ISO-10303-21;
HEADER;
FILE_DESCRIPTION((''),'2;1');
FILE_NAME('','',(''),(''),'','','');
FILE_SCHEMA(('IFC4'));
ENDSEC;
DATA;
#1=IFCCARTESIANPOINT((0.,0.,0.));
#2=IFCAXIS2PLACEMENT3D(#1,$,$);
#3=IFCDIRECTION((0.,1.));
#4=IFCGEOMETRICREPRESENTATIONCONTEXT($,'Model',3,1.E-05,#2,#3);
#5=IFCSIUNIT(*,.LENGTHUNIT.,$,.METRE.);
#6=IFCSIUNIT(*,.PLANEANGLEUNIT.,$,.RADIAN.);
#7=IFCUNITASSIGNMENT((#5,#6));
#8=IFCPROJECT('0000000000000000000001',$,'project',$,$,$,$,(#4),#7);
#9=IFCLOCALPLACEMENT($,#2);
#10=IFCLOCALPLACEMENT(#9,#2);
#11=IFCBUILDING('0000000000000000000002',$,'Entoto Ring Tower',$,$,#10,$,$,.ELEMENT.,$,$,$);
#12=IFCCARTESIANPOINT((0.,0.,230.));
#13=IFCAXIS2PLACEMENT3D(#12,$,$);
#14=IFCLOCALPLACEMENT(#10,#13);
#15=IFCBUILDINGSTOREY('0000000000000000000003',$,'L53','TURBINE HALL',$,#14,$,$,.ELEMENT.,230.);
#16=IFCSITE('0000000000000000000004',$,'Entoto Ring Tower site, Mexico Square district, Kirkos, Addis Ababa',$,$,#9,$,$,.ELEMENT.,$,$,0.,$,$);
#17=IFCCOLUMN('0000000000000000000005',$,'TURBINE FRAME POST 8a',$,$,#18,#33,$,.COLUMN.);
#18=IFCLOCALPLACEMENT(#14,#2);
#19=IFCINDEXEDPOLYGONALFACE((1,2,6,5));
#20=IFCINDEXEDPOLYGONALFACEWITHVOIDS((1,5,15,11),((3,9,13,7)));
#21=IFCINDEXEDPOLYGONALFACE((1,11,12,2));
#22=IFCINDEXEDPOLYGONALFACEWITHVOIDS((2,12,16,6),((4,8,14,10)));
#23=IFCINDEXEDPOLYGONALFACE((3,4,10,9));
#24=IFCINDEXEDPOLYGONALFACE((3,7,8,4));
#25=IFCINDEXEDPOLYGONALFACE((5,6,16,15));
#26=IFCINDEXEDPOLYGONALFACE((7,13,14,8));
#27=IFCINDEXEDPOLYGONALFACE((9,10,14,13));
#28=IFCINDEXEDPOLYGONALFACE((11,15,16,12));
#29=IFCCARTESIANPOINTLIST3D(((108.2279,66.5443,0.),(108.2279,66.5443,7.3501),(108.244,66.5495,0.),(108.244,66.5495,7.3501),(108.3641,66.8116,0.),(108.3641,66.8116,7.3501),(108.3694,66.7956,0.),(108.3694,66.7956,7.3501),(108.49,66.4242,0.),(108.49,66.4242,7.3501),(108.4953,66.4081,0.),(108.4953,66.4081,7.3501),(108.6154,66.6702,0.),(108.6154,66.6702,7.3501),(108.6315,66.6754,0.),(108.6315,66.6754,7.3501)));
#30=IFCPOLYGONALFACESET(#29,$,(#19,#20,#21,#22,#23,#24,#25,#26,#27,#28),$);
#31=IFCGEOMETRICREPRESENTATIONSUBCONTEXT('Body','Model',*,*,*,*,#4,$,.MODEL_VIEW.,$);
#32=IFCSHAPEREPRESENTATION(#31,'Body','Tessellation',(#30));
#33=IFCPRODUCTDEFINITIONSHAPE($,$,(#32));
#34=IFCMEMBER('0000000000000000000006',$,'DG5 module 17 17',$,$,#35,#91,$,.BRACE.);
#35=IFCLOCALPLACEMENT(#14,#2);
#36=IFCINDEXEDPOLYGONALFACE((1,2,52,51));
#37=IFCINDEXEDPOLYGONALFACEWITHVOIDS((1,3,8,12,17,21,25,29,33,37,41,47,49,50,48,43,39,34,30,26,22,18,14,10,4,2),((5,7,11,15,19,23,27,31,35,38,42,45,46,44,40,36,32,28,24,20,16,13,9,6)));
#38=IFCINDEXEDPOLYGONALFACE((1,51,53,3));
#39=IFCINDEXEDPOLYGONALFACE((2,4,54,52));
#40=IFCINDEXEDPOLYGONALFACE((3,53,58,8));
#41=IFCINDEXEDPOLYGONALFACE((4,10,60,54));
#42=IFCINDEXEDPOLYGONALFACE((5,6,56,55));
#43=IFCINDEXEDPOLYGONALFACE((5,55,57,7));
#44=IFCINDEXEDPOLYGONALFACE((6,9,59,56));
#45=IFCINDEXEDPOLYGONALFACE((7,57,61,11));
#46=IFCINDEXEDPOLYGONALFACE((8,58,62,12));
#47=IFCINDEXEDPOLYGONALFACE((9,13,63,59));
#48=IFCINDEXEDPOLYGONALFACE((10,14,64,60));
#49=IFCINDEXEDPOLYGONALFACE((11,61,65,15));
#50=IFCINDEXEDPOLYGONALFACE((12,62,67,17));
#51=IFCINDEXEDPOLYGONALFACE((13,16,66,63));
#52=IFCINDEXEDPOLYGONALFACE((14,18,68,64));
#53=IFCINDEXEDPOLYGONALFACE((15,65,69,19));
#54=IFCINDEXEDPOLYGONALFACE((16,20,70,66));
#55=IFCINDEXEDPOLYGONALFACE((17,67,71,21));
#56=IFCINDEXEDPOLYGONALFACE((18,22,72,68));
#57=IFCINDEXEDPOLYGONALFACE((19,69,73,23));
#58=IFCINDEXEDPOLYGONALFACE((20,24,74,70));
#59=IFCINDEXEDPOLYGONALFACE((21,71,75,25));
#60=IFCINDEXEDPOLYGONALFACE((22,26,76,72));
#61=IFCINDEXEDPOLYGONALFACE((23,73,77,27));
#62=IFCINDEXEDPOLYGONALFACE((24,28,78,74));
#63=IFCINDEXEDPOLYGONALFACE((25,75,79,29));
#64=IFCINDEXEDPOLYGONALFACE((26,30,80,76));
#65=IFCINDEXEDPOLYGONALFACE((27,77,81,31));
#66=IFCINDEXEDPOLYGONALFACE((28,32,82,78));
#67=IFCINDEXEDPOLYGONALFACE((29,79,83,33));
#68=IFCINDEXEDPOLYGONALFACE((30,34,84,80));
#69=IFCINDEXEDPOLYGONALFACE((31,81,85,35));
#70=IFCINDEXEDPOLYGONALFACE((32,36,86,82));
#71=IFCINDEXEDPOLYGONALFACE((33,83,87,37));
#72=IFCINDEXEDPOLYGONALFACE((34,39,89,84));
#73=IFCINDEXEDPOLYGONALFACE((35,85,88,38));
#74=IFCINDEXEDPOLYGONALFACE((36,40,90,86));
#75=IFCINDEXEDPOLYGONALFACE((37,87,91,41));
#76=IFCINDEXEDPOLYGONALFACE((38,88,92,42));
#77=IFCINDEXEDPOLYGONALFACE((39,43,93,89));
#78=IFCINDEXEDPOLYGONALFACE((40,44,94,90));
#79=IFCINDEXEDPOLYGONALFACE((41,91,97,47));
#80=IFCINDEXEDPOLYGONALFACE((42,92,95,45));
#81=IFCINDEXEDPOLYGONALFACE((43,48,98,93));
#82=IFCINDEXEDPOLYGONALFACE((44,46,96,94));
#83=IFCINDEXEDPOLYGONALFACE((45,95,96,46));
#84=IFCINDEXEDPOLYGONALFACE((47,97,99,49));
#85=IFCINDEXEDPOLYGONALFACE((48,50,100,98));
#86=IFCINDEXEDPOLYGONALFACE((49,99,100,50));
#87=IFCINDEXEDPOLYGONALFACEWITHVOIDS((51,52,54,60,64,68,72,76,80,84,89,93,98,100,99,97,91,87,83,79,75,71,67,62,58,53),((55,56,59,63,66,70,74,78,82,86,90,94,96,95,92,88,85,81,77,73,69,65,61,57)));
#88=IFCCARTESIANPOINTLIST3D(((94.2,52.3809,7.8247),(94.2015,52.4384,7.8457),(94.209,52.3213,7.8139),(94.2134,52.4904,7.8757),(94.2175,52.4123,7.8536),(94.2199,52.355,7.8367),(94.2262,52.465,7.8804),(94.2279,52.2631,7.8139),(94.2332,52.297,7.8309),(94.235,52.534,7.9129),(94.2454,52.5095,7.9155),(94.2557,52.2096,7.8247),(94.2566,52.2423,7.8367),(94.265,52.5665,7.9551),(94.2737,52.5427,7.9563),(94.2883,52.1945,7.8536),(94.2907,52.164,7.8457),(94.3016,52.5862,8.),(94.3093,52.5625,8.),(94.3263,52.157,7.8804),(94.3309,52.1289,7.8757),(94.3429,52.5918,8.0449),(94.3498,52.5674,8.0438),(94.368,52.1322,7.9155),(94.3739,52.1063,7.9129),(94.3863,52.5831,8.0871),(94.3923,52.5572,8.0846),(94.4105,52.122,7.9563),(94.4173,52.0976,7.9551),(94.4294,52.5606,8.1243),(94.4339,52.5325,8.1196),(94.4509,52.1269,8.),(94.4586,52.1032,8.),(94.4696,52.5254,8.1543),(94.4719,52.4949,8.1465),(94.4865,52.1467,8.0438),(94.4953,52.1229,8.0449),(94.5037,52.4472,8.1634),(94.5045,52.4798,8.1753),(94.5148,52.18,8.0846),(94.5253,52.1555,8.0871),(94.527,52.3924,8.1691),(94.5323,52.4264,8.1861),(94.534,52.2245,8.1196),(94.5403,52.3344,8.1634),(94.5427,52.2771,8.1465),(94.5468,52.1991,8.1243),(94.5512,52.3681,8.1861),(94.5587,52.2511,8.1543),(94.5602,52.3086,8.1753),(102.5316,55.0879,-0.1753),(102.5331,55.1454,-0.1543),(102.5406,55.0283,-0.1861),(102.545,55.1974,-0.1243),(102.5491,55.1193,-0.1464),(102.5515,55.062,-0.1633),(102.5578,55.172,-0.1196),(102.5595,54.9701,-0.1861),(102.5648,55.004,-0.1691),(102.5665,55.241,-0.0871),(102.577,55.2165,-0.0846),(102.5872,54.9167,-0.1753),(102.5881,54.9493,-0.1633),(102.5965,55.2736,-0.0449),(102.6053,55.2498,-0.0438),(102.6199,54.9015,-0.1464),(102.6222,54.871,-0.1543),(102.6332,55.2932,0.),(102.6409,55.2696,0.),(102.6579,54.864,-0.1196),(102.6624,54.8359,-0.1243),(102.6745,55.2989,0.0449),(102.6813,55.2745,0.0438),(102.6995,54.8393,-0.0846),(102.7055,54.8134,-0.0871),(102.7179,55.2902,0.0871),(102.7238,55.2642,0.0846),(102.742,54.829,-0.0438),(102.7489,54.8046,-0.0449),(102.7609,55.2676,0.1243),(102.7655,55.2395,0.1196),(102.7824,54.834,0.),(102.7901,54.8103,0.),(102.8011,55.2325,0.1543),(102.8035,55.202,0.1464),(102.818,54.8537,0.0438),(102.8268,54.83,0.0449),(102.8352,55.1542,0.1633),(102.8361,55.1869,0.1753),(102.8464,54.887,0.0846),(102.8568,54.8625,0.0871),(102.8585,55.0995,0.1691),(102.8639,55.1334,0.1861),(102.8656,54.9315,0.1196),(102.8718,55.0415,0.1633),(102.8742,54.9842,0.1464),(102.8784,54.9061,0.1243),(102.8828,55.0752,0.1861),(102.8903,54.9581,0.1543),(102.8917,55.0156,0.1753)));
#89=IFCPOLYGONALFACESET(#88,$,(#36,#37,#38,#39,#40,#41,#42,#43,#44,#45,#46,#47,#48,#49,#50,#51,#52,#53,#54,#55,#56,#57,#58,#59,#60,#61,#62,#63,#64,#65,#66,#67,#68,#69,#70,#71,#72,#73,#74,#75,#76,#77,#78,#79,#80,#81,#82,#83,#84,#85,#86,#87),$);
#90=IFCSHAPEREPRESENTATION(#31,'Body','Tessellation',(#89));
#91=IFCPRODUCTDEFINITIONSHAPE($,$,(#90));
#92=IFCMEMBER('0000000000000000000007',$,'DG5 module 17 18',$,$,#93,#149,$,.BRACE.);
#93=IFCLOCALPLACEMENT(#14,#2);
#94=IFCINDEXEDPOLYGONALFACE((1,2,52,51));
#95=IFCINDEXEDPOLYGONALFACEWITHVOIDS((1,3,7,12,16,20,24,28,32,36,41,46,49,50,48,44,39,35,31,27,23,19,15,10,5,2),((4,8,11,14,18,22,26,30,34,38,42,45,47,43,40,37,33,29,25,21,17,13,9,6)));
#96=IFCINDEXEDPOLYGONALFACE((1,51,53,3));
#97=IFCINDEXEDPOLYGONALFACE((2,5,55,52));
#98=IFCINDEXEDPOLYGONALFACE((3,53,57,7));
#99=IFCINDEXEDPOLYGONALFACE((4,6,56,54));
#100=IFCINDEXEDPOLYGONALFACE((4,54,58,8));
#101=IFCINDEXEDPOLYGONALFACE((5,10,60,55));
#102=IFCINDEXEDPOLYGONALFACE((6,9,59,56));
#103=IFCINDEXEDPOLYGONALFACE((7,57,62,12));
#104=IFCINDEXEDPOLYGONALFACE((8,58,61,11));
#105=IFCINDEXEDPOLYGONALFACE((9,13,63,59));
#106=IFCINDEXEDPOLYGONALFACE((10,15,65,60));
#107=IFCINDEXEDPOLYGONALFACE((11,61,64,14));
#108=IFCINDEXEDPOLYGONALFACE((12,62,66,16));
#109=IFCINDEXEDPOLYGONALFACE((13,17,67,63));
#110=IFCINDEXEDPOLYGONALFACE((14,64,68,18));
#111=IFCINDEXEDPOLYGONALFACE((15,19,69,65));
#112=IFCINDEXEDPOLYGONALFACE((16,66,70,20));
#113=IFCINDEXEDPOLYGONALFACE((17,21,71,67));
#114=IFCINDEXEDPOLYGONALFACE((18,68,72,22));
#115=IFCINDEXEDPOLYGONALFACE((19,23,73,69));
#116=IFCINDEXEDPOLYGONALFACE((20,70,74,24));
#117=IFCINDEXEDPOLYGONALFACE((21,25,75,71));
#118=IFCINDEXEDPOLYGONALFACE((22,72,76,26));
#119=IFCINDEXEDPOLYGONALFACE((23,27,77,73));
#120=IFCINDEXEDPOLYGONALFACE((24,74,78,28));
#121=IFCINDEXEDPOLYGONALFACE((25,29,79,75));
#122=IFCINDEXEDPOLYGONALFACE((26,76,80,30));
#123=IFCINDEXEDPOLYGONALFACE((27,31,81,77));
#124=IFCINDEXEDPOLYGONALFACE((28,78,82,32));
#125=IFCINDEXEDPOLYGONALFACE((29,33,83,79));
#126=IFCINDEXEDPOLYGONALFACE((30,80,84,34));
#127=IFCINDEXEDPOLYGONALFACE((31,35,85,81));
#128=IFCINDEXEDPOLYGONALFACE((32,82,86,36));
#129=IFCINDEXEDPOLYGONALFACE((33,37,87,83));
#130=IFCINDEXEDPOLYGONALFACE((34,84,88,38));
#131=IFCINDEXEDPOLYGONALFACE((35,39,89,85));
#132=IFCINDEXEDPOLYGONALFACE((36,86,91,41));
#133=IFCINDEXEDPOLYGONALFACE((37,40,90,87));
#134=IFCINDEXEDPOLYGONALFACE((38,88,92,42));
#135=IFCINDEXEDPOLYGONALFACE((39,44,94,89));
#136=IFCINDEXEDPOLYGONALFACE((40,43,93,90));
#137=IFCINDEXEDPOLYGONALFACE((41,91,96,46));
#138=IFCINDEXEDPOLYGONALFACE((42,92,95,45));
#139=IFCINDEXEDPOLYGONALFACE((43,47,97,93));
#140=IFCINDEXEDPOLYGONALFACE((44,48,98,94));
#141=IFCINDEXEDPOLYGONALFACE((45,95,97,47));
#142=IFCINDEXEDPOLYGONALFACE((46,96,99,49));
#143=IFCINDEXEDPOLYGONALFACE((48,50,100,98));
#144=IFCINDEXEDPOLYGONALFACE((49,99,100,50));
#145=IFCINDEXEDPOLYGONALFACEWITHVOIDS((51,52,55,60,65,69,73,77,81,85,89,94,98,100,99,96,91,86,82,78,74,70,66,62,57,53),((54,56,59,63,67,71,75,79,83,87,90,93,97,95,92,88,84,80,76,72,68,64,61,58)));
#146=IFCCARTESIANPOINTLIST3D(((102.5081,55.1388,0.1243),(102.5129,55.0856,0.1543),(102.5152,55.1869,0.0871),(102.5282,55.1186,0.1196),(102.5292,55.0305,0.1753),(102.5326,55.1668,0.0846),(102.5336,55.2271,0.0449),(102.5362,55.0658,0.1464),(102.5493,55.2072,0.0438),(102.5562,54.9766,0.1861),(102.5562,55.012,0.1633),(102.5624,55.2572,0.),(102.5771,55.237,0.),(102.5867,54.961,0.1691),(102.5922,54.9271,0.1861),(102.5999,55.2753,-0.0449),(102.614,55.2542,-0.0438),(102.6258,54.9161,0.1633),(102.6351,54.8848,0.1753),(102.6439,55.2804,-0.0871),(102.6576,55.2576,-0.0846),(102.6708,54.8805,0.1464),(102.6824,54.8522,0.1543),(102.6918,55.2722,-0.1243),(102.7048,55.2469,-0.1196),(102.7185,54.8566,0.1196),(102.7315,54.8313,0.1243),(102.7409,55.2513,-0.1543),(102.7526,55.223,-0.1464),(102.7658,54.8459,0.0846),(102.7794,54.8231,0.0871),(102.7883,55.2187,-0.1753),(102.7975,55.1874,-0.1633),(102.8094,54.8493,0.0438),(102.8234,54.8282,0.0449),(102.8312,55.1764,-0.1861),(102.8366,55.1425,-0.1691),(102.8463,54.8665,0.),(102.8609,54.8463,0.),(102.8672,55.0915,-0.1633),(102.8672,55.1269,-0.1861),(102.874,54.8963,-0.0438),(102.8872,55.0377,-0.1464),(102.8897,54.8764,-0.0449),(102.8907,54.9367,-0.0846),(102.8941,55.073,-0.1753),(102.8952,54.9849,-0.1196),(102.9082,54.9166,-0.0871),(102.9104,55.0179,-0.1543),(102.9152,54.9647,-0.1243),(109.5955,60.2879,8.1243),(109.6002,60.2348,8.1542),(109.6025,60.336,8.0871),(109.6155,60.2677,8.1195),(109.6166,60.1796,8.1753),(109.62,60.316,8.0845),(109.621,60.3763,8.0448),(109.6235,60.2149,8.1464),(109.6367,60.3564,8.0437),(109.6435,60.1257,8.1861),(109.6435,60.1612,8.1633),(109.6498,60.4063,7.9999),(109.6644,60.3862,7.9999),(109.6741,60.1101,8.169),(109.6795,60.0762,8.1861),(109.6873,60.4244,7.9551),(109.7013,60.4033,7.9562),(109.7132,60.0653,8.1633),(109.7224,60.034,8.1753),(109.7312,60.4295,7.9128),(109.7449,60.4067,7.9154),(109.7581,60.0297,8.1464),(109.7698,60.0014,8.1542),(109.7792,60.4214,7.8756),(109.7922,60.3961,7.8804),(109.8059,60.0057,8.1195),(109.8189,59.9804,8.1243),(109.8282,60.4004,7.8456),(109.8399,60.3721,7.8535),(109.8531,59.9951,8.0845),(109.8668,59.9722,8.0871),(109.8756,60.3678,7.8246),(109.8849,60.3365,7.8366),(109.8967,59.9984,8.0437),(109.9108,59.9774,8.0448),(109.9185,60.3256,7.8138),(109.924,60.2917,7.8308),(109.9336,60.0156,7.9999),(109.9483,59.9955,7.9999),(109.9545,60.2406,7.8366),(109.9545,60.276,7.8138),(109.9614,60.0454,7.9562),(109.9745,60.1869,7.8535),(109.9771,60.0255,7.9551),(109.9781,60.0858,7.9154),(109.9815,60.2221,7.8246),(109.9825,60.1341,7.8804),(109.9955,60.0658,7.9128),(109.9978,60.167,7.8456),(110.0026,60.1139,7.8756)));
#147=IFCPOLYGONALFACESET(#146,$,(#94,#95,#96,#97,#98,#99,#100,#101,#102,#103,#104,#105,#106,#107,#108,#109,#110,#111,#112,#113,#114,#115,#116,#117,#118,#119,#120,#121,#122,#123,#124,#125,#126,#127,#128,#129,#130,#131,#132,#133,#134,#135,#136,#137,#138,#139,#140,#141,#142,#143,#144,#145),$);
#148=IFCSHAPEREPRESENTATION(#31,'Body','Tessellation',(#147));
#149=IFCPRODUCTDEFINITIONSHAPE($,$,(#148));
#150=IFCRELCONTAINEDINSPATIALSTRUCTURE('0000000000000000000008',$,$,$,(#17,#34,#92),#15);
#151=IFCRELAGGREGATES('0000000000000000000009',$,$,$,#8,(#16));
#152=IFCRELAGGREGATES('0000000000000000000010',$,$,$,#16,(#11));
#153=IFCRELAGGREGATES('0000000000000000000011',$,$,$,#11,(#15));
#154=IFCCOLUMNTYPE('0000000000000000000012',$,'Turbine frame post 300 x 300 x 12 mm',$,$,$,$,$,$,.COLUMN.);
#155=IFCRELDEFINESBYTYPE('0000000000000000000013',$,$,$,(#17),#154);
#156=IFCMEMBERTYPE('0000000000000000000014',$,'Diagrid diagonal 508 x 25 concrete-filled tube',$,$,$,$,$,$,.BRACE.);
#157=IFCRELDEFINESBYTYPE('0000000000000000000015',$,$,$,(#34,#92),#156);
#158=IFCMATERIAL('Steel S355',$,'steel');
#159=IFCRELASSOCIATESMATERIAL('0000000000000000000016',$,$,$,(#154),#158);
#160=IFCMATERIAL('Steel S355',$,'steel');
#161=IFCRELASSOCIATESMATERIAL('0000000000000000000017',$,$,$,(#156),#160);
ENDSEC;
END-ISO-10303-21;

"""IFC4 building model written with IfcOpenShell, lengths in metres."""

from ifc_helpers import new_model, si_unit, direction, frame, origin, origin_2d, place, context, subcontext, project, spatial, hollow_rectangle, circle, hollow_circle, extrude, material, material_profile, profile_set, type_object, element, save


model = new_model("IFC4")

# Units and contexts
model_context = context("Model", 3, precision=1e-05, world=origin(), true_north=direction((0.0, 1.0)))
body_context = subcontext(model_context, "Body", "Model", "MODEL_VIEW")
ifc_project = project(units=[si_unit("LENGTHUNIT", "METRE"), si_unit("PLANEANGLEUNIT", "RADIAN")], contexts=[model_context])

# Site, building, storey
site_placement = place(None, origin())
site = spatial("IfcSite", under=ifc_project, at=site_placement, Name="Entoto Ring Tower site, Mexico Square district, Kirkos, Addis Ababa", CompositionType="ELEMENT", RefElevation=0.0)
building_placement = place(site_placement, origin())
building = spatial("IfcBuilding", under=site, at=building_placement, Name="Entoto Ring Tower", CompositionType="ELEMENT")
storey_placement = place(building_placement, frame((0.0, 0.0, 230.0)))
storey = spatial("IfcBuildingStorey", under=building, at=storey_placement, Name="L53", Description="TURBINE HALL", CompositionType="ELEMENT", Elevation=230.0)

# Column
ifc_material_1 = material(Name="Steel S355", Category="steel")
ifc_material_profile_1 = material_profile(ifc_material_1, hollow_rectangle(XDim=0.3, YDim=0.3, WallThickness=0.012, at=origin_2d()), Name="Turbine frame post 300 x 300 x 12 mm")
ifc_profile_set_1 = profile_set([ifc_material_profile_1], Name="Steel S355")
column_type_1 = type_object("IfcColumnType", Name="Turbine frame post 300 x 300 x 12 mm", PredefinedType="COLUMN", material=ifc_profile_set_1)
for number, where, z_axis, x_axis, name in (
    (1, (108.4297, 66.6099, 0.0), (0.0, 0.0, 1.0), (0.45399, 0.891007, 0.0), "TURBINE FRAME POST 8a"),
):
    element("IfcColumn", number, at=place(storey_placement, frame(where, z_axis=z_axis, x_axis=x_axis)), inside=storey, type_object=column_type_1, Name=name, PredefinedType="COLUMN", context=body_context, shape_type="SweptSolid", body=[
        extrude(hollow_rectangle(XDim=0.3, YDim=0.3, WallThickness=0.012, at=origin_2d()), origin(), (0.0, 0.0, 1.0), 7.3501),
    ])

# Members
ifc_material_2 = material(Name="Steel S355", Category="steel")
ifc_material_profile_2 = material_profile(ifc_material_2, hollow_circle(Radius=0.2539, WallThickness=0.0249, at=origin_2d()), Name="CHS 508 x 25")
ifc_material_3 = material(Name="Concrete C60/75", Category="concrete")
ifc_material_profile_3 = material_profile(ifc_material_3, circle(Radius=0.229, at=origin_2d()), Name="Concrete C60/75 infill")
ifc_profile_set_2 = profile_set([ifc_material_profile_2, ifc_material_profile_3], Name="Steel S355")
member_type_1 = type_object("IfcMemberType", Name="Diagrid diagonal 508 x 25 concrete-filled tube", PredefinedType="BRACE", material=ifc_profile_set_2)
for number, where, z_axis, x_axis, name in (
    (2, (102.7117, 55.0518, 0.0), (-0.702284, -0.228182, 0.674337), (0.309012, -0.951058, 0.0), "DG5 module 17 17"),
    (3, (102.7117, 55.0518, 0.0), (0.597407, 0.434031, 0.674331), (-0.587776, 0.809024, 0.0), "DG5 module 17 18"),
):
    element("IfcMember", number, at=place(storey_placement, frame(where, z_axis=z_axis, x_axis=x_axis)), inside=storey, type_object=member_type_1, Name=name, PredefinedType="BRACE", context=body_context, shape_type="SweptSolid", body=[
        extrude(hollow_circle(Radius=0.2539, WallThickness=0.0249, at=origin_2d()), origin(), (0.0, 0.0, 1.0), 11.8635),
    ])

save(model, "model.ifc")
